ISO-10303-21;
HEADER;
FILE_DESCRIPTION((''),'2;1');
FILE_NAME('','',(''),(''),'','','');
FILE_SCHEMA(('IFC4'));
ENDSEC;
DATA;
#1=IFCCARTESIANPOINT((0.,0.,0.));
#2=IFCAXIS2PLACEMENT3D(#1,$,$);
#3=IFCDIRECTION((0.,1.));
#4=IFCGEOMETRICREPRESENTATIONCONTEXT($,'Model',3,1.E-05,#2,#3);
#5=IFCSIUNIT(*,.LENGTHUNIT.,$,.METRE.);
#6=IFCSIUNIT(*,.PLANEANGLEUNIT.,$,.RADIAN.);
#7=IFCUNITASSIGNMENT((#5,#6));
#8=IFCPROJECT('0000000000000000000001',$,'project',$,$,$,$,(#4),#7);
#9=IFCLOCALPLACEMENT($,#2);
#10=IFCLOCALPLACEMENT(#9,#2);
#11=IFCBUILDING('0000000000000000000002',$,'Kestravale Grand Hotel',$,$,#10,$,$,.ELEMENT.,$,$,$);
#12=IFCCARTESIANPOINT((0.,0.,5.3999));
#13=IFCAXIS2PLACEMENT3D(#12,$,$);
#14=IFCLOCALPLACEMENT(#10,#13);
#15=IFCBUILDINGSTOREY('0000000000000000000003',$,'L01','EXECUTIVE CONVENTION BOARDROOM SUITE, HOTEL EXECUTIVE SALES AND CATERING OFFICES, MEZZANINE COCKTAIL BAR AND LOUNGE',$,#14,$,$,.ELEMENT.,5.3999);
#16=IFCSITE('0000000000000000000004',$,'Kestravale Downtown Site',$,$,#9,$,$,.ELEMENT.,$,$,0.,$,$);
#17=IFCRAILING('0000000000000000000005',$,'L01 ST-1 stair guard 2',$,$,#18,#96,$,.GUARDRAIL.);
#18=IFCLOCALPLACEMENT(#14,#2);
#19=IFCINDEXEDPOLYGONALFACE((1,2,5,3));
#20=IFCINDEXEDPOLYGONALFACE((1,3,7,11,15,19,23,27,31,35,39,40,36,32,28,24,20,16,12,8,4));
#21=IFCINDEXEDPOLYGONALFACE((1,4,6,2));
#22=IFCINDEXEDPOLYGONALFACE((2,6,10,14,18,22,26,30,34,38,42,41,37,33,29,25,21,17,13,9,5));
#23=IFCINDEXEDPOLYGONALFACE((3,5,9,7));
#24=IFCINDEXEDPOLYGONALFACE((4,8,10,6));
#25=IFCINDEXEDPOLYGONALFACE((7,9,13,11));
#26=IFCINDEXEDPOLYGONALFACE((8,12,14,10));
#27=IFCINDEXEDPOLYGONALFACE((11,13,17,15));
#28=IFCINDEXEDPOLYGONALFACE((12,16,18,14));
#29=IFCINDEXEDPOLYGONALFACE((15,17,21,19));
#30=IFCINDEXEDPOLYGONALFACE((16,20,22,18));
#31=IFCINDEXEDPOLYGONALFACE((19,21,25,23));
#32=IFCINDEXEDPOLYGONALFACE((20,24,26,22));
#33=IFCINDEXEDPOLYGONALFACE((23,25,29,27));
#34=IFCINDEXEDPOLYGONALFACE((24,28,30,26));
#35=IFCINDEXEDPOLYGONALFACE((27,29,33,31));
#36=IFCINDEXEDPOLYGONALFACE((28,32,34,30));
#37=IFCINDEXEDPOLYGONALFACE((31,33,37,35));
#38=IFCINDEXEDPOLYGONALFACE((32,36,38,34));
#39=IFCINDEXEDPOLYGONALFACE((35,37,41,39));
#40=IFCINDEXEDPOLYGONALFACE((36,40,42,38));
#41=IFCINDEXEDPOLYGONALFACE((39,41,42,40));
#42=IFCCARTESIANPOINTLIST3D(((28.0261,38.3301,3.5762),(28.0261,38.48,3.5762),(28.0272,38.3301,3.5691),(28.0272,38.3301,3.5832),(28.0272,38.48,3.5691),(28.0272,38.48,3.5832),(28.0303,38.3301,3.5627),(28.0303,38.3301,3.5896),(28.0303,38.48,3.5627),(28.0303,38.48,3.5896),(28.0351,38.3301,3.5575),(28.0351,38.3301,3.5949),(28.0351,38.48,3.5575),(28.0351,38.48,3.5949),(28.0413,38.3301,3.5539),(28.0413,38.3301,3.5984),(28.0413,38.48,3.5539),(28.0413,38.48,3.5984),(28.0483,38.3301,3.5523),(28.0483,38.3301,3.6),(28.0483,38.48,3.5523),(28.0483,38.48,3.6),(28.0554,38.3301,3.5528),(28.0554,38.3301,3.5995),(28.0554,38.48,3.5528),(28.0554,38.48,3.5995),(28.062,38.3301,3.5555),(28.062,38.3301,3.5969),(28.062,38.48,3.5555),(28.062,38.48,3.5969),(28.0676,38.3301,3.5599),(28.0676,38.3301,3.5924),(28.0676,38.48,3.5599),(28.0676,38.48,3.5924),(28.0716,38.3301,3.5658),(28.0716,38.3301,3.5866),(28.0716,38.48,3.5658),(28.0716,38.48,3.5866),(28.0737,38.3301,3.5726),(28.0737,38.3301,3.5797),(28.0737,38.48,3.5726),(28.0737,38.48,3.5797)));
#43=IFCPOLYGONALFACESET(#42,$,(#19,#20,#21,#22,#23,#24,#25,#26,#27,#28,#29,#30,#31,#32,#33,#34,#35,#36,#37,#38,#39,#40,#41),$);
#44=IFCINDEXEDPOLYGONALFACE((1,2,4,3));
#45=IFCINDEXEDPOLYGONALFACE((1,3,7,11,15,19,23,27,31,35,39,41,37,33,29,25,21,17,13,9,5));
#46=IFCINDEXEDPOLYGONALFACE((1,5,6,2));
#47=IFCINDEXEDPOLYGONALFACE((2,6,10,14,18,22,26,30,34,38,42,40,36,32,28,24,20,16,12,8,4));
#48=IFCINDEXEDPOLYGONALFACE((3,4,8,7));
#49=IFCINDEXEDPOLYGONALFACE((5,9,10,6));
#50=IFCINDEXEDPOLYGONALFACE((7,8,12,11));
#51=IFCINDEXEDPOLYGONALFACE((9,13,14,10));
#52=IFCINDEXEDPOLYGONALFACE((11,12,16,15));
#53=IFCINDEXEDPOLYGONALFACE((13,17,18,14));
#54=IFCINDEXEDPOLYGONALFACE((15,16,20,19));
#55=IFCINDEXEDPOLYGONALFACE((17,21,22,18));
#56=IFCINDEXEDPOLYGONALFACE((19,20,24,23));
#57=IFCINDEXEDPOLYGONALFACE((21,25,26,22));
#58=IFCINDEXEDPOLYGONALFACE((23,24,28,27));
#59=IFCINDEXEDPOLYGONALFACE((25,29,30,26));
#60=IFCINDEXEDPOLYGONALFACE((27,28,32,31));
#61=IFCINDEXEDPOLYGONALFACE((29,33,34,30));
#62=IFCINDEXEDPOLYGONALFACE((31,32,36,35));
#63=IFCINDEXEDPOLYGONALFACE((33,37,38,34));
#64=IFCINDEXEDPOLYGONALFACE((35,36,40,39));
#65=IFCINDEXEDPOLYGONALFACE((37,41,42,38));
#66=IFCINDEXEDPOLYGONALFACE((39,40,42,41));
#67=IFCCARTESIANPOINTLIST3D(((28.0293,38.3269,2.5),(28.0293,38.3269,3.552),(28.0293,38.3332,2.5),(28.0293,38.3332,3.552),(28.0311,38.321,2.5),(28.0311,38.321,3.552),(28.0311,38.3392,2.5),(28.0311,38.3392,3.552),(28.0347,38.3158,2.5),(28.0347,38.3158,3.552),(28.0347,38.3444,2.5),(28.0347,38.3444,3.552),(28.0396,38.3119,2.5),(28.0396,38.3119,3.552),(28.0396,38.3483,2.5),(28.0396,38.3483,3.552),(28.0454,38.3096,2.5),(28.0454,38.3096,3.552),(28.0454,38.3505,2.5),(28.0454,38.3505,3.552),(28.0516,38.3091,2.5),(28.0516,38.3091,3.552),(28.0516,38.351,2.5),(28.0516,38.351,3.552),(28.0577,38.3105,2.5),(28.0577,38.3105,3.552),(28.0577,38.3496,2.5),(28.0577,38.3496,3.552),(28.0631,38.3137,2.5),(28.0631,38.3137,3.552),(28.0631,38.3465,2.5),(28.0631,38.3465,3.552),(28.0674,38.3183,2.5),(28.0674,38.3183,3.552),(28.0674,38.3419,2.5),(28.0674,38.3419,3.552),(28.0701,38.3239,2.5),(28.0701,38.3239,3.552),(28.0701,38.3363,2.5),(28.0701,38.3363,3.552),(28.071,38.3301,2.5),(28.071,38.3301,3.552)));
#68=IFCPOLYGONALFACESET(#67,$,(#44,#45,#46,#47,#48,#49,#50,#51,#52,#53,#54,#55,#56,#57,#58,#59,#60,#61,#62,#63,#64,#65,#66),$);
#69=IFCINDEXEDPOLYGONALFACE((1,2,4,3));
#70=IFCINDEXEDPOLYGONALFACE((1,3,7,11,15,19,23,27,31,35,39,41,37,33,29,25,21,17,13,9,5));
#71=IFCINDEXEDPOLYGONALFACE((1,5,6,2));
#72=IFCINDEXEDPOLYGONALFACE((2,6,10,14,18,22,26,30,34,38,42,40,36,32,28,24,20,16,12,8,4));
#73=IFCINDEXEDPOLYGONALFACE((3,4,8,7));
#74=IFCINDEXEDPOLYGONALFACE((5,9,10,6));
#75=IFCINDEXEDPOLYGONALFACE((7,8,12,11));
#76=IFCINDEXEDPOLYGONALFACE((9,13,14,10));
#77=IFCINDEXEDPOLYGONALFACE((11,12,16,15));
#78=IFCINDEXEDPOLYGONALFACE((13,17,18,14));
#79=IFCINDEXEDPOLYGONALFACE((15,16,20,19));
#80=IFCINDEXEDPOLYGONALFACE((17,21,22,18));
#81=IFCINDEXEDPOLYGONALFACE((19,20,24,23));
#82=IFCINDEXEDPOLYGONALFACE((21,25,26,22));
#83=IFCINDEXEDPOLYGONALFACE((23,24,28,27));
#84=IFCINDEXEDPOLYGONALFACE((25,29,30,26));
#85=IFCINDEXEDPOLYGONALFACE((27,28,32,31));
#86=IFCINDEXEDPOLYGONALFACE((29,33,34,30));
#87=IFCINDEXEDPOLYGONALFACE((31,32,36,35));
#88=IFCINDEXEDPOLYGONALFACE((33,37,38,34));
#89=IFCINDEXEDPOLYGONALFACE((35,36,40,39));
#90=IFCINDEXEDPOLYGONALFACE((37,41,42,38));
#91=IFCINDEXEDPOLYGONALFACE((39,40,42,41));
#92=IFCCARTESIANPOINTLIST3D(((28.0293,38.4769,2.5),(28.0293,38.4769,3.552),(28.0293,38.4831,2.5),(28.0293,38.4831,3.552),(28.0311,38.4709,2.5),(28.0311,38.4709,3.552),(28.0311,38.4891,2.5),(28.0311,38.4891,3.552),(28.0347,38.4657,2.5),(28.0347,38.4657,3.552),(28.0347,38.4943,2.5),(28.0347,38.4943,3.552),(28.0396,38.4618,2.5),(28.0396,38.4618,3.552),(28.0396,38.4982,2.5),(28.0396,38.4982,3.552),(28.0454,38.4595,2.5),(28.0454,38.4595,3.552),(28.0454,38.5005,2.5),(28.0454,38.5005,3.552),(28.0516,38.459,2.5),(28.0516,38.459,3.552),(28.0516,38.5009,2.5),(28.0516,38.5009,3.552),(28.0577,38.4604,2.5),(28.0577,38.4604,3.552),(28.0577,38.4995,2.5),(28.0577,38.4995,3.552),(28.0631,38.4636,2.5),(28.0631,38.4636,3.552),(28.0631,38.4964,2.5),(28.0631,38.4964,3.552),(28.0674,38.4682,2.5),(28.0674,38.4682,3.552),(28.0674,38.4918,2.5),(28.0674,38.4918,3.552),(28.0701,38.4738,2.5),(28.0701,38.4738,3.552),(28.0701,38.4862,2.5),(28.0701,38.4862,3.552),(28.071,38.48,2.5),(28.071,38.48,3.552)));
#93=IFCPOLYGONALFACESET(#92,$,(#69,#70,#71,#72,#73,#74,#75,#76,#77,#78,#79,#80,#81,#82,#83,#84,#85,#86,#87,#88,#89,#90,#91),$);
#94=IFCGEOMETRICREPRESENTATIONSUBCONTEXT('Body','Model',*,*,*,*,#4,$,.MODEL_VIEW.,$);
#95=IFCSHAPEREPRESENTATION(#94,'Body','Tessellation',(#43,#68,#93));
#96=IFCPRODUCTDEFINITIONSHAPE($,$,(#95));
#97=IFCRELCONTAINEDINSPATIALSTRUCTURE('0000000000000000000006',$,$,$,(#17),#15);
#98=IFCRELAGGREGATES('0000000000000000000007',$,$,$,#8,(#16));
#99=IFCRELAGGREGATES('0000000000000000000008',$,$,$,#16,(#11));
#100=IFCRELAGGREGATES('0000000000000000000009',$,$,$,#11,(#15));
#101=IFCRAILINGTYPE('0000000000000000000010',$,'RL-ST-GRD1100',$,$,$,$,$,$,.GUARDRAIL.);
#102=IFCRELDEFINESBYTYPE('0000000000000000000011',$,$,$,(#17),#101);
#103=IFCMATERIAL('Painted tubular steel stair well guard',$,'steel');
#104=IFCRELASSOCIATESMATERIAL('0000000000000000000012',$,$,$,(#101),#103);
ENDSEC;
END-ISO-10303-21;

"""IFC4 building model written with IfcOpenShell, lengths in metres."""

from ifc_helpers import new_model, si_unit, direction, frame, origin, origin_2d, place, context, subcontext, project, spatial, circle, extrude, material, type_object, element, save


model = new_model("IFC4")

# Units and contexts
model_context = context("Model", 3, precision=1e-05, world=origin(), true_north=direction((0.0, 1.0)))
body_context = subcontext(model_context, "Body", "Model", "MODEL_VIEW")
ifc_project = project(units=[si_unit("LENGTHUNIT", "METRE"), si_unit("PLANEANGLEUNIT", "RADIAN")], contexts=[model_context])

# Site, building, storey
site_placement = place(None, origin())
site = spatial("IfcSite", under=ifc_project, at=site_placement, Name="Kestravale Downtown Site", CompositionType="ELEMENT", RefElevation=0.0)
building_placement = place(site_placement, origin())
building = spatial("IfcBuilding", under=site, at=building_placement, Name="Kestravale Grand Hotel", CompositionType="ELEMENT")
storey_placement = place(building_placement, frame((0.0, 0.0, 5.3999)))
storey = spatial("IfcBuildingStorey", under=building, at=storey_placement, Name="L01", Description="EXECUTIVE CONVENTION BOARDROOM SUITE, HOTEL EXECUTIVE SALES AND CATERING OFFICES, MEZZANINE COCKTAIL BAR AND LOUNGE", CompositionType="ELEMENT", Elevation=5.3999)

# Railing
ifc_material_1 = material(Name="Painted tubular steel stair well guard", Category="steel")
railing_type_1 = type_object("IfcRailingType", Name="RL-ST-GRD1100", PredefinedType="GUARDRAIL", material=ifc_material_1)
railing_1_placement = place(storey_placement, frame((28.05, 38.3301, 2.5)))
element("IfcRailing", 1, at=railing_1_placement, inside=storey, type_object=railing_type_1, Name="L01 ST-1 stair guard 2", PredefinedType="GUARDRAIL", context=body_context, shape_type="SweptSolid", body=[
    extrude(circle(Radius=0.0239, at=origin_2d()), frame((0.0, 0.0, 1.0762), z_axis=(0.0, 1.0, 0.0), x_axis=(-1.0, 0.0, 0.0)), (0.0, 0.0, 1.0), 0.1499),
    extrude(circle(Radius=0.021, at=origin_2d()), origin(), (0.0, 0.0, 1.0), 1.052),
    extrude(circle(Radius=0.021, at=origin_2d()), frame((0.0, 0.1499, 0.0)), (0.0, 0.0, 1.0), 1.052),
])

save(model, "model.ifc")
